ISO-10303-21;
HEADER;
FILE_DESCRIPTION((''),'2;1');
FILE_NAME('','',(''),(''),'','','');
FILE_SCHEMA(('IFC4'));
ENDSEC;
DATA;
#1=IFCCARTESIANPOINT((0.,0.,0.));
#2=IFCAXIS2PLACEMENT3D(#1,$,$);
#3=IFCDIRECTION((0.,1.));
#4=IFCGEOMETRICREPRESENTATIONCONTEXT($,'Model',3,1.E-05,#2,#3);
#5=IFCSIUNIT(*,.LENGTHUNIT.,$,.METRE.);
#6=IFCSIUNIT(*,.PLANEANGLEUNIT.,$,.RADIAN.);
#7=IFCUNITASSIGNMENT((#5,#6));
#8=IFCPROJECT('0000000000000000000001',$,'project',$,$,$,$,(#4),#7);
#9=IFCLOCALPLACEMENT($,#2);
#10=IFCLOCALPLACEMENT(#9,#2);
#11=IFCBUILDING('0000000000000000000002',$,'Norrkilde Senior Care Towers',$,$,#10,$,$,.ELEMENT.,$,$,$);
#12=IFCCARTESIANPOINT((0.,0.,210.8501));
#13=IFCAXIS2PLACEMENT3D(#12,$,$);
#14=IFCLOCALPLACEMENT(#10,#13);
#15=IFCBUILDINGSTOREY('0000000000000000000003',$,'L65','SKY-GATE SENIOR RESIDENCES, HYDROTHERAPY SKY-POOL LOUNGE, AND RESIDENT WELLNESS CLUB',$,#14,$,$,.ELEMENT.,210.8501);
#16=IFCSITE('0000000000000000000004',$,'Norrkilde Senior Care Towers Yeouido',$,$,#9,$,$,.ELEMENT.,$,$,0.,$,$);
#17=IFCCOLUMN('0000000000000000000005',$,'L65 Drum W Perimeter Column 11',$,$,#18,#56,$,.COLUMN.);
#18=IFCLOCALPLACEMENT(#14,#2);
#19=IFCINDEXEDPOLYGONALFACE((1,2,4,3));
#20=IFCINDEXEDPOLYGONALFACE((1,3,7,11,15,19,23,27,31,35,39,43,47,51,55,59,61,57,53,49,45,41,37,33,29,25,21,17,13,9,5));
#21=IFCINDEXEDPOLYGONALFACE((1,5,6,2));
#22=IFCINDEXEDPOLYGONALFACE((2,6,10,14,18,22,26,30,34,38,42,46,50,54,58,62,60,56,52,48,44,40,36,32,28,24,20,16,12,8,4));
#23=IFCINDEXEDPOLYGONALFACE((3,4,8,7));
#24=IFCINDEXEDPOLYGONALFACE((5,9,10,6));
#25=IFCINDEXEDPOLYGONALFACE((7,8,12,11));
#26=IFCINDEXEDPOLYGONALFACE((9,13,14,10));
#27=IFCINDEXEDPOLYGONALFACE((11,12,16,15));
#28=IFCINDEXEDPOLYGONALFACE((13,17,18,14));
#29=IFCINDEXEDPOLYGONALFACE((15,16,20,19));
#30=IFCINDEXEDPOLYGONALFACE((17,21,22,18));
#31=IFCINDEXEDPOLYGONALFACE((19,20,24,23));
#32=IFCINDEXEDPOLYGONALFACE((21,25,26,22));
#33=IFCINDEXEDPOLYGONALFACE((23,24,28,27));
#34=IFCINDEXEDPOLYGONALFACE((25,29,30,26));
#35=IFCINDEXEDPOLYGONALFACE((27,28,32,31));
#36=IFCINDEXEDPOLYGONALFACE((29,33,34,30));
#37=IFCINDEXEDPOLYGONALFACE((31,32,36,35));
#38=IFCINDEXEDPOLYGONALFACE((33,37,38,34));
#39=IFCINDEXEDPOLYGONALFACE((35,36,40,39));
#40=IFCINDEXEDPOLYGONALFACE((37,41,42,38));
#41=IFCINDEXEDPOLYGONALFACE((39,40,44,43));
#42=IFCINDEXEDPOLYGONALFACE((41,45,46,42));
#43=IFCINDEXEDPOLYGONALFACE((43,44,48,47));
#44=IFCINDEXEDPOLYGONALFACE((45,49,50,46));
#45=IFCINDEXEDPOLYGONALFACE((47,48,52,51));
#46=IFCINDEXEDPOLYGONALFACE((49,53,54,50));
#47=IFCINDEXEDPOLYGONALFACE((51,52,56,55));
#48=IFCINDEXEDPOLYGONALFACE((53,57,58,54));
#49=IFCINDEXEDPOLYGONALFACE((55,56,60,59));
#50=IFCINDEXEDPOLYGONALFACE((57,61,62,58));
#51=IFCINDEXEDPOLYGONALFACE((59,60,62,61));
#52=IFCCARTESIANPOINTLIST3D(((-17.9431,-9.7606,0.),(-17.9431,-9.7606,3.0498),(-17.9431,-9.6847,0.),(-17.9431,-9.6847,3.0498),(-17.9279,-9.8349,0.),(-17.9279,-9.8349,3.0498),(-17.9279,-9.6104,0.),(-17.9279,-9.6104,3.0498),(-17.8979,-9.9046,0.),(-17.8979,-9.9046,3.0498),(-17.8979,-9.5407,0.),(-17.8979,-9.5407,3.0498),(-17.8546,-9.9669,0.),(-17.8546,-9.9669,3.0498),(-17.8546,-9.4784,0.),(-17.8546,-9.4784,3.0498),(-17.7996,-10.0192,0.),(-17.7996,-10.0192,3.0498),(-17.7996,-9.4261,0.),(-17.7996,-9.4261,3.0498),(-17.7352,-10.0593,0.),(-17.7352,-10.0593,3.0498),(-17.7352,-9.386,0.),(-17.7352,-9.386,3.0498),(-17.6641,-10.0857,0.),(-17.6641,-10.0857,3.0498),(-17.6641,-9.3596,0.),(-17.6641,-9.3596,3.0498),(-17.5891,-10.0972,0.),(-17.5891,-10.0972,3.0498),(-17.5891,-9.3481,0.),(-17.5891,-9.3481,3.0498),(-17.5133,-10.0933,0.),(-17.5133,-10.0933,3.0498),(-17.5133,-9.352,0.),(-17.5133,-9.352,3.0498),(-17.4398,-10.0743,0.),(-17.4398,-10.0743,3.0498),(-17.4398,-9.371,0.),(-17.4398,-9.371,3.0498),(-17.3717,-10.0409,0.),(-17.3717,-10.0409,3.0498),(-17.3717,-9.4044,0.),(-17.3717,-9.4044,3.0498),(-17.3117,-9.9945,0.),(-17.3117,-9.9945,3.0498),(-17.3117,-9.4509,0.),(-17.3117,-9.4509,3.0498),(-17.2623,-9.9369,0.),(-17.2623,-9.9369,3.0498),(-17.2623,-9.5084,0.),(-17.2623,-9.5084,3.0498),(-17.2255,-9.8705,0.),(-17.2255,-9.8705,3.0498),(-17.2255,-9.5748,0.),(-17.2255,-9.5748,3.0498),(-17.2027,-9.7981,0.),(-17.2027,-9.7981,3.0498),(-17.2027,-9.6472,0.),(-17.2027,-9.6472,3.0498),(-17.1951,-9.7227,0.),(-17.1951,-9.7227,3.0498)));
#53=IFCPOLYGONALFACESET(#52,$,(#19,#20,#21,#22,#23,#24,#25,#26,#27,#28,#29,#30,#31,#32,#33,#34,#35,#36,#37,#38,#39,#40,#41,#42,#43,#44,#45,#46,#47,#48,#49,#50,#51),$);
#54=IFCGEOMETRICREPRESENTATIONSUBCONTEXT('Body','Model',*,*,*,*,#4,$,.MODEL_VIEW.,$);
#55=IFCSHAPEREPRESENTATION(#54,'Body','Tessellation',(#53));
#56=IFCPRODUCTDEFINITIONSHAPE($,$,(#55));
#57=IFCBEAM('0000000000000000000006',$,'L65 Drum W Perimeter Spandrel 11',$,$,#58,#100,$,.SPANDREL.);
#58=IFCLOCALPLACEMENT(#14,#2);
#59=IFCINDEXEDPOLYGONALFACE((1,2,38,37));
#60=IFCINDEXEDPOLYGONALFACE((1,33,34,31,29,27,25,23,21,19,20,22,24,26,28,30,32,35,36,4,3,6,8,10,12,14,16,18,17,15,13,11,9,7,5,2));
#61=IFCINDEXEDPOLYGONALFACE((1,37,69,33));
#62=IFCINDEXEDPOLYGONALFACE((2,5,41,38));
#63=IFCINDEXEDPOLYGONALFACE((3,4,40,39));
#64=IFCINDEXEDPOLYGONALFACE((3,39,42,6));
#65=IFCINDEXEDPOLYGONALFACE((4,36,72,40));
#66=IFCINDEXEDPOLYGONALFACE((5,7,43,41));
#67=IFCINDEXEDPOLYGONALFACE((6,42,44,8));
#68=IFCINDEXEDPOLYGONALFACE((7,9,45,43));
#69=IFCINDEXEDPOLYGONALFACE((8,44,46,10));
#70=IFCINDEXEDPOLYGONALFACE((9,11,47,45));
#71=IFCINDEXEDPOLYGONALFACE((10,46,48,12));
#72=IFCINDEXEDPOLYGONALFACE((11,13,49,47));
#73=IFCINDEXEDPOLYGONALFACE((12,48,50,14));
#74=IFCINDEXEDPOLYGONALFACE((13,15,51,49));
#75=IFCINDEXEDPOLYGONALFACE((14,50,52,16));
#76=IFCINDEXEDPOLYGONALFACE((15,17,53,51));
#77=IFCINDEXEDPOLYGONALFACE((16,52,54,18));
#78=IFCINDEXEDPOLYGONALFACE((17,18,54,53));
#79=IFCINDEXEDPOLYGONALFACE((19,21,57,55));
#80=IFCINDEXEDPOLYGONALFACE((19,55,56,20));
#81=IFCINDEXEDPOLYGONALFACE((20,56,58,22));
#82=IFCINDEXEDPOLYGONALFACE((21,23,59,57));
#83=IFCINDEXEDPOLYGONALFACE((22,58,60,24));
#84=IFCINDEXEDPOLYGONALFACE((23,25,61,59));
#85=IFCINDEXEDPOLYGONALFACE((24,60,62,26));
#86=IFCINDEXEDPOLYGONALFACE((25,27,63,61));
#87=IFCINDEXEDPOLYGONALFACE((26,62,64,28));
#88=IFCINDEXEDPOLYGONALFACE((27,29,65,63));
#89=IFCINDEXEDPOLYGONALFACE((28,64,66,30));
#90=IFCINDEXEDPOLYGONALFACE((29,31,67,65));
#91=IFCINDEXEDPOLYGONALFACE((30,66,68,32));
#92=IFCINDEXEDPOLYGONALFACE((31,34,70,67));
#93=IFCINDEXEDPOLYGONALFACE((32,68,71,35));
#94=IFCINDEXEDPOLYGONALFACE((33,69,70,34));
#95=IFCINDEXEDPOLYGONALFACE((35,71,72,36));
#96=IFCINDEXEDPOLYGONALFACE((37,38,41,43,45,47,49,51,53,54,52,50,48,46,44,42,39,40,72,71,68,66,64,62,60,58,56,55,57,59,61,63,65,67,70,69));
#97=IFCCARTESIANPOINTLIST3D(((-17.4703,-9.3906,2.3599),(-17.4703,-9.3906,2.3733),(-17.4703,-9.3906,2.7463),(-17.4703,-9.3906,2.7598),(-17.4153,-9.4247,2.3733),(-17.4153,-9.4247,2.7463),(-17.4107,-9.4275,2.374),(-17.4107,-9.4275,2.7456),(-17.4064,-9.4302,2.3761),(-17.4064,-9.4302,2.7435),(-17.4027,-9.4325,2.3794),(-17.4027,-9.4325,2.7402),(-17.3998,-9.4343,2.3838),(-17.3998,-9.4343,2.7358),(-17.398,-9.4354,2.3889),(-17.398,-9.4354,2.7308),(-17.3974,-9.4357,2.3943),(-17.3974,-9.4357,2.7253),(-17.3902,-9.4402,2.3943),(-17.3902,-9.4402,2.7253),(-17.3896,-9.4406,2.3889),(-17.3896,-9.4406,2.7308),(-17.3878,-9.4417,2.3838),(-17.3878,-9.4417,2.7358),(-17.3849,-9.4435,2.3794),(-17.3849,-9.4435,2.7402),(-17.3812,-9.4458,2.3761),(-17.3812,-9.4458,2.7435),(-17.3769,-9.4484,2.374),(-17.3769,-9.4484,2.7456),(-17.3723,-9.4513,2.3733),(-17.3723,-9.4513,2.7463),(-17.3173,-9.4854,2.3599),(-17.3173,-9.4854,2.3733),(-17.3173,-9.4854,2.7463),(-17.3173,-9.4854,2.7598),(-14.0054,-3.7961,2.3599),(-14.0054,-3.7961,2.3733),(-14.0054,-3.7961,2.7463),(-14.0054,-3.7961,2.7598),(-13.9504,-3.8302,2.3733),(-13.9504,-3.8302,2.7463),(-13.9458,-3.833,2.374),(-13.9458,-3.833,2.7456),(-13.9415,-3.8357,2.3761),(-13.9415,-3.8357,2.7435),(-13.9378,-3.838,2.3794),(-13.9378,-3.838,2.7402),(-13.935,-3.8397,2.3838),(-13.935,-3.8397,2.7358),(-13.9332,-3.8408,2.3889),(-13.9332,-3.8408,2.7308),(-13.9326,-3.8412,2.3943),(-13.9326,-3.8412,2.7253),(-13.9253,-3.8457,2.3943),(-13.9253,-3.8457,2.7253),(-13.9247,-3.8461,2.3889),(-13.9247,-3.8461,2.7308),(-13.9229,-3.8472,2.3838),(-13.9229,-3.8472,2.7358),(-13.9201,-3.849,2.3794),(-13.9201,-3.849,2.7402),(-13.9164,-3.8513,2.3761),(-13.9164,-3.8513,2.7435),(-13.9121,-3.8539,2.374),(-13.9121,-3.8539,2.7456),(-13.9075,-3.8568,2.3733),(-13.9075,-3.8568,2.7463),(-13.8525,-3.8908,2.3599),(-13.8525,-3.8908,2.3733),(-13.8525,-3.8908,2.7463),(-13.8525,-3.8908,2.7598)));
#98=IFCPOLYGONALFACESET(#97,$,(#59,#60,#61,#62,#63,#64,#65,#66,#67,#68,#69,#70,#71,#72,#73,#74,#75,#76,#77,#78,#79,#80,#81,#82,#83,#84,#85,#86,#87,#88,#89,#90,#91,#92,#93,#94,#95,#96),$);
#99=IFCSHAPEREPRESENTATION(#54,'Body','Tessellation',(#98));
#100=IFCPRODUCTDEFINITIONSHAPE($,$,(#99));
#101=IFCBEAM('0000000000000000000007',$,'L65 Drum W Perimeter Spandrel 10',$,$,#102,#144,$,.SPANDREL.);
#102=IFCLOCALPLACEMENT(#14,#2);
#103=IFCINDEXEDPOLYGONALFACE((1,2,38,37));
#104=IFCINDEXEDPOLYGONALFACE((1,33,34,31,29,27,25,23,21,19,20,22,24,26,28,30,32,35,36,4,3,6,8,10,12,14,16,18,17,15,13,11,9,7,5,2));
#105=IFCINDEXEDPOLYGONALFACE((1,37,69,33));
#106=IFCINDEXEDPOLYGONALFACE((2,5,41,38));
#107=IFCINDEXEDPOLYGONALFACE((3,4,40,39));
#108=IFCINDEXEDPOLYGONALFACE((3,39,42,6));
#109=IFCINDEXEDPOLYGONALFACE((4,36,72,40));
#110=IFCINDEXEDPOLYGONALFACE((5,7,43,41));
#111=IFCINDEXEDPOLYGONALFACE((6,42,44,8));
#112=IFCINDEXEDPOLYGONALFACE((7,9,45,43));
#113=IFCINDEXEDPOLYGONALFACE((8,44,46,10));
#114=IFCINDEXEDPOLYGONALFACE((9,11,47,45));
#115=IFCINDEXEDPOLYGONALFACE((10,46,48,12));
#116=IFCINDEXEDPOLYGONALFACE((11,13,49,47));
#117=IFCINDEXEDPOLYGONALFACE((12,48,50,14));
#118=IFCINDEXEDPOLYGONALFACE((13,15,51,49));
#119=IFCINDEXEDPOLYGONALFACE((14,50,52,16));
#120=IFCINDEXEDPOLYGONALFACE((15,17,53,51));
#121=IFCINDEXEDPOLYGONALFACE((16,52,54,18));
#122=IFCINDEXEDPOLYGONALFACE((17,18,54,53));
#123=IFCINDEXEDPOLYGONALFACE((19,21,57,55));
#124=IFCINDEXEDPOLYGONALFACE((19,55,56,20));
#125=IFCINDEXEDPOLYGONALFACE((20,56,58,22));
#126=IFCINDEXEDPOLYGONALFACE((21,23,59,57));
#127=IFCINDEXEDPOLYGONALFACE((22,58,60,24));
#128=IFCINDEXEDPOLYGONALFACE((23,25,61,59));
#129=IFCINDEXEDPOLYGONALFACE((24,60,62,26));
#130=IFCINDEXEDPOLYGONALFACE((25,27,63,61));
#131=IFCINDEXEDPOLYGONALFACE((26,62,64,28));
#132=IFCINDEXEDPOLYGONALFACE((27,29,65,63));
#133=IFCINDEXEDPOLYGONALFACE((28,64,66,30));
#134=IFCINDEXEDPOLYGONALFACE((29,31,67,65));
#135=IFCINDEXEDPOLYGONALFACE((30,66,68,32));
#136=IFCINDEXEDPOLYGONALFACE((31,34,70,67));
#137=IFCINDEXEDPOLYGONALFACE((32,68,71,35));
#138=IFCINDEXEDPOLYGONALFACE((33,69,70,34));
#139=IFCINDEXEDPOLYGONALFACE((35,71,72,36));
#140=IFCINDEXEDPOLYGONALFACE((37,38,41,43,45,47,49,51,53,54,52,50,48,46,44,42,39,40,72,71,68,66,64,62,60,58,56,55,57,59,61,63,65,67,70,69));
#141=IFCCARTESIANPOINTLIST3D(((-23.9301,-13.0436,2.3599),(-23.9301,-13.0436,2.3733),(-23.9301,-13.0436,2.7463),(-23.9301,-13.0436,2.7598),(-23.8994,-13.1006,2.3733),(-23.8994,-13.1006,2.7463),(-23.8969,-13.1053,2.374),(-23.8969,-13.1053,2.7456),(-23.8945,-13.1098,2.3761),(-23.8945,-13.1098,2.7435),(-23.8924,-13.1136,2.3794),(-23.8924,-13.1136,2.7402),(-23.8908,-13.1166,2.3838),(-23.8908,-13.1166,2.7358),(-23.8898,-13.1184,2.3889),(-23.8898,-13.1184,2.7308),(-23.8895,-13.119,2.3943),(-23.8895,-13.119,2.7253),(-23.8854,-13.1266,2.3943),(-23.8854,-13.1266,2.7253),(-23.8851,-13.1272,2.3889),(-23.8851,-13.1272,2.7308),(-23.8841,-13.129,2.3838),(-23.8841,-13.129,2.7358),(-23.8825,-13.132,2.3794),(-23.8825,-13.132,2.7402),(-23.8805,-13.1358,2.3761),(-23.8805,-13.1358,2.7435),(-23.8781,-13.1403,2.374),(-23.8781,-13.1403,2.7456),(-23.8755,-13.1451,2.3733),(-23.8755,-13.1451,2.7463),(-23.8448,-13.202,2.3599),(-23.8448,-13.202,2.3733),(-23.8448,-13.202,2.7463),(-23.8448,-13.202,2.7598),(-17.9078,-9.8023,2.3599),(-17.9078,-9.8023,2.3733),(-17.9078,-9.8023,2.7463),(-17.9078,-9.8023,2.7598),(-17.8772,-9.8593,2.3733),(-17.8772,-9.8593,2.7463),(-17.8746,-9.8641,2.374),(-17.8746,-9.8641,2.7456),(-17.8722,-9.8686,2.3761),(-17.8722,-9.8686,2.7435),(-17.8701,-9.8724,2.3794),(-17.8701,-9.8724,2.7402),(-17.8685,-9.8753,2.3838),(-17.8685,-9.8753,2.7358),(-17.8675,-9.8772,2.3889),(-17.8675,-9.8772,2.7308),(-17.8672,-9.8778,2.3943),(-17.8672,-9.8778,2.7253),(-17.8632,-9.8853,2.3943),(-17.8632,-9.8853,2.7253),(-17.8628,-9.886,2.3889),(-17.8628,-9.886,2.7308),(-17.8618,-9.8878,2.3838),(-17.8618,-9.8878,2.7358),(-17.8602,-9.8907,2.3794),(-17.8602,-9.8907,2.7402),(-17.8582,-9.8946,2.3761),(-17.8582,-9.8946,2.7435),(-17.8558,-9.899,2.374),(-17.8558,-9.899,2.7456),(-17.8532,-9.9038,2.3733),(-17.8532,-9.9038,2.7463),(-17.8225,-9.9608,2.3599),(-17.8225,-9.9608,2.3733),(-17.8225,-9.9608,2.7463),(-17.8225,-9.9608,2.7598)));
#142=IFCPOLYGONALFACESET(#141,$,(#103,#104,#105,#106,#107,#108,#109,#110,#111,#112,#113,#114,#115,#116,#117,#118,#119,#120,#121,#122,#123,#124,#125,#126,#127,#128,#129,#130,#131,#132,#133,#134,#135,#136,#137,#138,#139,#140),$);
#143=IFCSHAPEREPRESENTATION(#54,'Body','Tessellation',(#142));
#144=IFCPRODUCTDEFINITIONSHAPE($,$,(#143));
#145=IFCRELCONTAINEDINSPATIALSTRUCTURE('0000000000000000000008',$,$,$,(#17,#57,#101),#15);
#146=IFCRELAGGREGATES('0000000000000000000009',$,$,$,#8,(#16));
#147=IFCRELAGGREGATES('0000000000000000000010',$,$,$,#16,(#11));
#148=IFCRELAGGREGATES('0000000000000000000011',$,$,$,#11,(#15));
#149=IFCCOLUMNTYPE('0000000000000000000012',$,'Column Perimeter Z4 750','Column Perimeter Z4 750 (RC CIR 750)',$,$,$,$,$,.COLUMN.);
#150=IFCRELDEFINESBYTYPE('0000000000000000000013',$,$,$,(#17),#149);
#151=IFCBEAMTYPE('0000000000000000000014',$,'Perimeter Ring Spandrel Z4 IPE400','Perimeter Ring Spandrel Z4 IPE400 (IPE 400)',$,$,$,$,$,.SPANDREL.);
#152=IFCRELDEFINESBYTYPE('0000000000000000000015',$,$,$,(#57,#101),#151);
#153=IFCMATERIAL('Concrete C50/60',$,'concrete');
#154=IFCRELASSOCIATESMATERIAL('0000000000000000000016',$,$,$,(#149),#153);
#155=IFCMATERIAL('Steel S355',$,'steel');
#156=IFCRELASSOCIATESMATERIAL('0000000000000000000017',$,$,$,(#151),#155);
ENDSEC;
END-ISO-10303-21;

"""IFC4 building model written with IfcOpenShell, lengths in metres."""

from ifc_helpers import new_model, si_unit, direction, frame, origin, origin_2d, place, context, subcontext, project, spatial, circle, i_section, extrude, source, transform, mapped, material, material_profile, profile_set, type_object, type_shapes, element, save


model = new_model("IFC4")

# Units and contexts
model_context = context("Model", 3, precision=1e-05, world=origin(), true_north=direction((0.0, 1.0)))
body_context = subcontext(model_context, "Body", "Model", "MODEL_VIEW")
ifc_project = project(units=[si_unit("LENGTHUNIT", "METRE"), si_unit("PLANEANGLEUNIT", "RADIAN")], contexts=[model_context])

# Site, building, storey
site_placement = place(None, origin())
site = spatial("IfcSite", under=ifc_project, at=site_placement, Name="Norrkilde Senior Care Towers Yeouido", CompositionType="ELEMENT", RefElevation=0.0)
building_placement = place(site_placement, origin())
building = spatial("IfcBuilding", under=site, at=building_placement, Name="Norrkilde Senior Care Towers", CompositionType="ELEMENT")
storey_placement = place(building_placement, frame((0.0, 0.0, 210.8501)))
storey = spatial("IfcBuildingStorey", under=building, at=storey_placement, Name="L65", Description="SKY-GATE SENIOR RESIDENCES, HYDROTHERAPY SKY-POOL LOUNGE, AND RESIDENT WELLNESS CLUB", CompositionType="ELEMENT", Elevation=210.8501)

# Column
ifc_material_1 = material(Name="Concrete C50/60", Category="concrete")
ifc_material_profile_1 = material_profile(ifc_material_1, circle(Radius=0.375, at=origin_2d()), Name="RC CIR 750")
ifc_profile_set_1 = profile_set([ifc_material_profile_1], Name="Concrete C50/60")
column_type = type_object("IfcColumnType", Name="Column Perimeter Z4 750", Description="Column Perimeter Z4 750 (RC CIR 750)", PredefinedType="COLUMN", material=ifc_profile_set_1)
shared_shape_1 = source(origin(), body_context, "Body", "SweptSolid", [
    extrude(circle(Radius=0.375, at=origin_2d()), origin(), (0.0, 0.0, 1.0), 3.0498),
])
type_shapes(column_type, [shared_shape_1])
column_placement = place(storey_placement, frame((-17.5701, -9.7227, 0.0), z_axis=(0.0, 0.0, 1.0), x_axis=(1.0, 0.0, 0.0)))
element("IfcColumn", 1, at=column_placement, inside=storey, type_object=column_type, Name="L65 Drum W Perimeter Column 11", PredefinedType="COLUMN", context=body_context, shape_type="MappedRepresentation", body=[
    mapped(shared_shape_1, transform((0.0, 0.0, 0.0), x_axis=(1.0, 0.0, 0.0), y_axis=(0.0, 1.0, 0.0), z_axis=(0.0, 0.0, 1.0), scale=1.0)),
])

# Beams
ifc_material_2 = material(Name="Steel S355", Category="steel")
ifc_material_profile_2 = material_profile(ifc_material_2, i_section(OverallWidth=0.1799, OverallDepth=0.3999, WebThickness=0.0085, FlangeThickness=0.0134, FilletRadius=0.021, at=origin_2d()), Name="IPE 400")
ifc_profile_set_2 = profile_set([ifc_material_profile_2], Name="Steel S355")
beam_type_1 = type_object("IfcBeamType", Name="Perimeter Ring Spandrel Z4 IPE400", Description="Perimeter Ring Spandrel Z4 IPE400 (IPE 400)", PredefinedType="SPANDREL", material=ifc_profile_set_2)
shared_shape_2 = source(origin(), body_context, "Body", "SweptSolid", [
    extrude(i_section(OverallWidth=0.1799, OverallDepth=0.3999, WebThickness=0.0085, FlangeThickness=0.0134, FilletRadius=0.021, at=origin_2d()), origin(), (0.0, 0.0, 1.0), 6.5806),
])
beam_1_placement = place(storey_placement, frame((-17.3938, -9.438, 2.5598), z_axis=(0.52653, 0.850157, 0.0), x_axis=(-0.850157, 0.52653, 0.0)))
element("IfcBeam", 2, at=beam_1_placement, inside=storey, type_object=beam_type_1, Name="L65 Drum W Perimeter Spandrel 11", PredefinedType="SPANDREL", context=body_context, shape_type="MappedRepresentation", body=[
    mapped(shared_shape_2, transform((0.0, 0.0, 0.0), x_axis=(1.0, 0.0, 0.0), y_axis=(0.0, 1.0, 0.0), z_axis=(0.0, 0.0, 1.0), scale=1.0)),
])
shared_shape_3 = source(origin(), body_context, "Body", "SweptSolid", [
    extrude(i_section(OverallWidth=0.1799, OverallDepth=0.3999, WebThickness=0.0085, FlangeThickness=0.0134, FilletRadius=0.021, at=origin_2d()), origin(), (0.0, 0.0, 1.0), 6.8391),
])
type_shapes(beam_type_1, [shared_shape_2, shared_shape_3])
beam_2_placement = place(storey_placement, frame((-23.8875, -13.1228, 2.5598), z_axis=(0.880564, 0.473927, 0.0), x_axis=(-0.473927, 0.880564, 0.0)))
element("IfcBeam", 3, at=beam_2_placement, inside=storey, type_object=beam_type_1, Name="L65 Drum W Perimeter Spandrel 10", PredefinedType="SPANDREL", context=body_context, shape_type="MappedRepresentation", body=[
    mapped(shared_shape_3, transform((0.0, 0.0, 0.0), x_axis=(1.0, 0.0, 0.0), y_axis=(0.0, 1.0, 0.0), z_axis=(0.0, 0.0, 1.0), scale=1.0)),
])

save(model, "model.ifc")
